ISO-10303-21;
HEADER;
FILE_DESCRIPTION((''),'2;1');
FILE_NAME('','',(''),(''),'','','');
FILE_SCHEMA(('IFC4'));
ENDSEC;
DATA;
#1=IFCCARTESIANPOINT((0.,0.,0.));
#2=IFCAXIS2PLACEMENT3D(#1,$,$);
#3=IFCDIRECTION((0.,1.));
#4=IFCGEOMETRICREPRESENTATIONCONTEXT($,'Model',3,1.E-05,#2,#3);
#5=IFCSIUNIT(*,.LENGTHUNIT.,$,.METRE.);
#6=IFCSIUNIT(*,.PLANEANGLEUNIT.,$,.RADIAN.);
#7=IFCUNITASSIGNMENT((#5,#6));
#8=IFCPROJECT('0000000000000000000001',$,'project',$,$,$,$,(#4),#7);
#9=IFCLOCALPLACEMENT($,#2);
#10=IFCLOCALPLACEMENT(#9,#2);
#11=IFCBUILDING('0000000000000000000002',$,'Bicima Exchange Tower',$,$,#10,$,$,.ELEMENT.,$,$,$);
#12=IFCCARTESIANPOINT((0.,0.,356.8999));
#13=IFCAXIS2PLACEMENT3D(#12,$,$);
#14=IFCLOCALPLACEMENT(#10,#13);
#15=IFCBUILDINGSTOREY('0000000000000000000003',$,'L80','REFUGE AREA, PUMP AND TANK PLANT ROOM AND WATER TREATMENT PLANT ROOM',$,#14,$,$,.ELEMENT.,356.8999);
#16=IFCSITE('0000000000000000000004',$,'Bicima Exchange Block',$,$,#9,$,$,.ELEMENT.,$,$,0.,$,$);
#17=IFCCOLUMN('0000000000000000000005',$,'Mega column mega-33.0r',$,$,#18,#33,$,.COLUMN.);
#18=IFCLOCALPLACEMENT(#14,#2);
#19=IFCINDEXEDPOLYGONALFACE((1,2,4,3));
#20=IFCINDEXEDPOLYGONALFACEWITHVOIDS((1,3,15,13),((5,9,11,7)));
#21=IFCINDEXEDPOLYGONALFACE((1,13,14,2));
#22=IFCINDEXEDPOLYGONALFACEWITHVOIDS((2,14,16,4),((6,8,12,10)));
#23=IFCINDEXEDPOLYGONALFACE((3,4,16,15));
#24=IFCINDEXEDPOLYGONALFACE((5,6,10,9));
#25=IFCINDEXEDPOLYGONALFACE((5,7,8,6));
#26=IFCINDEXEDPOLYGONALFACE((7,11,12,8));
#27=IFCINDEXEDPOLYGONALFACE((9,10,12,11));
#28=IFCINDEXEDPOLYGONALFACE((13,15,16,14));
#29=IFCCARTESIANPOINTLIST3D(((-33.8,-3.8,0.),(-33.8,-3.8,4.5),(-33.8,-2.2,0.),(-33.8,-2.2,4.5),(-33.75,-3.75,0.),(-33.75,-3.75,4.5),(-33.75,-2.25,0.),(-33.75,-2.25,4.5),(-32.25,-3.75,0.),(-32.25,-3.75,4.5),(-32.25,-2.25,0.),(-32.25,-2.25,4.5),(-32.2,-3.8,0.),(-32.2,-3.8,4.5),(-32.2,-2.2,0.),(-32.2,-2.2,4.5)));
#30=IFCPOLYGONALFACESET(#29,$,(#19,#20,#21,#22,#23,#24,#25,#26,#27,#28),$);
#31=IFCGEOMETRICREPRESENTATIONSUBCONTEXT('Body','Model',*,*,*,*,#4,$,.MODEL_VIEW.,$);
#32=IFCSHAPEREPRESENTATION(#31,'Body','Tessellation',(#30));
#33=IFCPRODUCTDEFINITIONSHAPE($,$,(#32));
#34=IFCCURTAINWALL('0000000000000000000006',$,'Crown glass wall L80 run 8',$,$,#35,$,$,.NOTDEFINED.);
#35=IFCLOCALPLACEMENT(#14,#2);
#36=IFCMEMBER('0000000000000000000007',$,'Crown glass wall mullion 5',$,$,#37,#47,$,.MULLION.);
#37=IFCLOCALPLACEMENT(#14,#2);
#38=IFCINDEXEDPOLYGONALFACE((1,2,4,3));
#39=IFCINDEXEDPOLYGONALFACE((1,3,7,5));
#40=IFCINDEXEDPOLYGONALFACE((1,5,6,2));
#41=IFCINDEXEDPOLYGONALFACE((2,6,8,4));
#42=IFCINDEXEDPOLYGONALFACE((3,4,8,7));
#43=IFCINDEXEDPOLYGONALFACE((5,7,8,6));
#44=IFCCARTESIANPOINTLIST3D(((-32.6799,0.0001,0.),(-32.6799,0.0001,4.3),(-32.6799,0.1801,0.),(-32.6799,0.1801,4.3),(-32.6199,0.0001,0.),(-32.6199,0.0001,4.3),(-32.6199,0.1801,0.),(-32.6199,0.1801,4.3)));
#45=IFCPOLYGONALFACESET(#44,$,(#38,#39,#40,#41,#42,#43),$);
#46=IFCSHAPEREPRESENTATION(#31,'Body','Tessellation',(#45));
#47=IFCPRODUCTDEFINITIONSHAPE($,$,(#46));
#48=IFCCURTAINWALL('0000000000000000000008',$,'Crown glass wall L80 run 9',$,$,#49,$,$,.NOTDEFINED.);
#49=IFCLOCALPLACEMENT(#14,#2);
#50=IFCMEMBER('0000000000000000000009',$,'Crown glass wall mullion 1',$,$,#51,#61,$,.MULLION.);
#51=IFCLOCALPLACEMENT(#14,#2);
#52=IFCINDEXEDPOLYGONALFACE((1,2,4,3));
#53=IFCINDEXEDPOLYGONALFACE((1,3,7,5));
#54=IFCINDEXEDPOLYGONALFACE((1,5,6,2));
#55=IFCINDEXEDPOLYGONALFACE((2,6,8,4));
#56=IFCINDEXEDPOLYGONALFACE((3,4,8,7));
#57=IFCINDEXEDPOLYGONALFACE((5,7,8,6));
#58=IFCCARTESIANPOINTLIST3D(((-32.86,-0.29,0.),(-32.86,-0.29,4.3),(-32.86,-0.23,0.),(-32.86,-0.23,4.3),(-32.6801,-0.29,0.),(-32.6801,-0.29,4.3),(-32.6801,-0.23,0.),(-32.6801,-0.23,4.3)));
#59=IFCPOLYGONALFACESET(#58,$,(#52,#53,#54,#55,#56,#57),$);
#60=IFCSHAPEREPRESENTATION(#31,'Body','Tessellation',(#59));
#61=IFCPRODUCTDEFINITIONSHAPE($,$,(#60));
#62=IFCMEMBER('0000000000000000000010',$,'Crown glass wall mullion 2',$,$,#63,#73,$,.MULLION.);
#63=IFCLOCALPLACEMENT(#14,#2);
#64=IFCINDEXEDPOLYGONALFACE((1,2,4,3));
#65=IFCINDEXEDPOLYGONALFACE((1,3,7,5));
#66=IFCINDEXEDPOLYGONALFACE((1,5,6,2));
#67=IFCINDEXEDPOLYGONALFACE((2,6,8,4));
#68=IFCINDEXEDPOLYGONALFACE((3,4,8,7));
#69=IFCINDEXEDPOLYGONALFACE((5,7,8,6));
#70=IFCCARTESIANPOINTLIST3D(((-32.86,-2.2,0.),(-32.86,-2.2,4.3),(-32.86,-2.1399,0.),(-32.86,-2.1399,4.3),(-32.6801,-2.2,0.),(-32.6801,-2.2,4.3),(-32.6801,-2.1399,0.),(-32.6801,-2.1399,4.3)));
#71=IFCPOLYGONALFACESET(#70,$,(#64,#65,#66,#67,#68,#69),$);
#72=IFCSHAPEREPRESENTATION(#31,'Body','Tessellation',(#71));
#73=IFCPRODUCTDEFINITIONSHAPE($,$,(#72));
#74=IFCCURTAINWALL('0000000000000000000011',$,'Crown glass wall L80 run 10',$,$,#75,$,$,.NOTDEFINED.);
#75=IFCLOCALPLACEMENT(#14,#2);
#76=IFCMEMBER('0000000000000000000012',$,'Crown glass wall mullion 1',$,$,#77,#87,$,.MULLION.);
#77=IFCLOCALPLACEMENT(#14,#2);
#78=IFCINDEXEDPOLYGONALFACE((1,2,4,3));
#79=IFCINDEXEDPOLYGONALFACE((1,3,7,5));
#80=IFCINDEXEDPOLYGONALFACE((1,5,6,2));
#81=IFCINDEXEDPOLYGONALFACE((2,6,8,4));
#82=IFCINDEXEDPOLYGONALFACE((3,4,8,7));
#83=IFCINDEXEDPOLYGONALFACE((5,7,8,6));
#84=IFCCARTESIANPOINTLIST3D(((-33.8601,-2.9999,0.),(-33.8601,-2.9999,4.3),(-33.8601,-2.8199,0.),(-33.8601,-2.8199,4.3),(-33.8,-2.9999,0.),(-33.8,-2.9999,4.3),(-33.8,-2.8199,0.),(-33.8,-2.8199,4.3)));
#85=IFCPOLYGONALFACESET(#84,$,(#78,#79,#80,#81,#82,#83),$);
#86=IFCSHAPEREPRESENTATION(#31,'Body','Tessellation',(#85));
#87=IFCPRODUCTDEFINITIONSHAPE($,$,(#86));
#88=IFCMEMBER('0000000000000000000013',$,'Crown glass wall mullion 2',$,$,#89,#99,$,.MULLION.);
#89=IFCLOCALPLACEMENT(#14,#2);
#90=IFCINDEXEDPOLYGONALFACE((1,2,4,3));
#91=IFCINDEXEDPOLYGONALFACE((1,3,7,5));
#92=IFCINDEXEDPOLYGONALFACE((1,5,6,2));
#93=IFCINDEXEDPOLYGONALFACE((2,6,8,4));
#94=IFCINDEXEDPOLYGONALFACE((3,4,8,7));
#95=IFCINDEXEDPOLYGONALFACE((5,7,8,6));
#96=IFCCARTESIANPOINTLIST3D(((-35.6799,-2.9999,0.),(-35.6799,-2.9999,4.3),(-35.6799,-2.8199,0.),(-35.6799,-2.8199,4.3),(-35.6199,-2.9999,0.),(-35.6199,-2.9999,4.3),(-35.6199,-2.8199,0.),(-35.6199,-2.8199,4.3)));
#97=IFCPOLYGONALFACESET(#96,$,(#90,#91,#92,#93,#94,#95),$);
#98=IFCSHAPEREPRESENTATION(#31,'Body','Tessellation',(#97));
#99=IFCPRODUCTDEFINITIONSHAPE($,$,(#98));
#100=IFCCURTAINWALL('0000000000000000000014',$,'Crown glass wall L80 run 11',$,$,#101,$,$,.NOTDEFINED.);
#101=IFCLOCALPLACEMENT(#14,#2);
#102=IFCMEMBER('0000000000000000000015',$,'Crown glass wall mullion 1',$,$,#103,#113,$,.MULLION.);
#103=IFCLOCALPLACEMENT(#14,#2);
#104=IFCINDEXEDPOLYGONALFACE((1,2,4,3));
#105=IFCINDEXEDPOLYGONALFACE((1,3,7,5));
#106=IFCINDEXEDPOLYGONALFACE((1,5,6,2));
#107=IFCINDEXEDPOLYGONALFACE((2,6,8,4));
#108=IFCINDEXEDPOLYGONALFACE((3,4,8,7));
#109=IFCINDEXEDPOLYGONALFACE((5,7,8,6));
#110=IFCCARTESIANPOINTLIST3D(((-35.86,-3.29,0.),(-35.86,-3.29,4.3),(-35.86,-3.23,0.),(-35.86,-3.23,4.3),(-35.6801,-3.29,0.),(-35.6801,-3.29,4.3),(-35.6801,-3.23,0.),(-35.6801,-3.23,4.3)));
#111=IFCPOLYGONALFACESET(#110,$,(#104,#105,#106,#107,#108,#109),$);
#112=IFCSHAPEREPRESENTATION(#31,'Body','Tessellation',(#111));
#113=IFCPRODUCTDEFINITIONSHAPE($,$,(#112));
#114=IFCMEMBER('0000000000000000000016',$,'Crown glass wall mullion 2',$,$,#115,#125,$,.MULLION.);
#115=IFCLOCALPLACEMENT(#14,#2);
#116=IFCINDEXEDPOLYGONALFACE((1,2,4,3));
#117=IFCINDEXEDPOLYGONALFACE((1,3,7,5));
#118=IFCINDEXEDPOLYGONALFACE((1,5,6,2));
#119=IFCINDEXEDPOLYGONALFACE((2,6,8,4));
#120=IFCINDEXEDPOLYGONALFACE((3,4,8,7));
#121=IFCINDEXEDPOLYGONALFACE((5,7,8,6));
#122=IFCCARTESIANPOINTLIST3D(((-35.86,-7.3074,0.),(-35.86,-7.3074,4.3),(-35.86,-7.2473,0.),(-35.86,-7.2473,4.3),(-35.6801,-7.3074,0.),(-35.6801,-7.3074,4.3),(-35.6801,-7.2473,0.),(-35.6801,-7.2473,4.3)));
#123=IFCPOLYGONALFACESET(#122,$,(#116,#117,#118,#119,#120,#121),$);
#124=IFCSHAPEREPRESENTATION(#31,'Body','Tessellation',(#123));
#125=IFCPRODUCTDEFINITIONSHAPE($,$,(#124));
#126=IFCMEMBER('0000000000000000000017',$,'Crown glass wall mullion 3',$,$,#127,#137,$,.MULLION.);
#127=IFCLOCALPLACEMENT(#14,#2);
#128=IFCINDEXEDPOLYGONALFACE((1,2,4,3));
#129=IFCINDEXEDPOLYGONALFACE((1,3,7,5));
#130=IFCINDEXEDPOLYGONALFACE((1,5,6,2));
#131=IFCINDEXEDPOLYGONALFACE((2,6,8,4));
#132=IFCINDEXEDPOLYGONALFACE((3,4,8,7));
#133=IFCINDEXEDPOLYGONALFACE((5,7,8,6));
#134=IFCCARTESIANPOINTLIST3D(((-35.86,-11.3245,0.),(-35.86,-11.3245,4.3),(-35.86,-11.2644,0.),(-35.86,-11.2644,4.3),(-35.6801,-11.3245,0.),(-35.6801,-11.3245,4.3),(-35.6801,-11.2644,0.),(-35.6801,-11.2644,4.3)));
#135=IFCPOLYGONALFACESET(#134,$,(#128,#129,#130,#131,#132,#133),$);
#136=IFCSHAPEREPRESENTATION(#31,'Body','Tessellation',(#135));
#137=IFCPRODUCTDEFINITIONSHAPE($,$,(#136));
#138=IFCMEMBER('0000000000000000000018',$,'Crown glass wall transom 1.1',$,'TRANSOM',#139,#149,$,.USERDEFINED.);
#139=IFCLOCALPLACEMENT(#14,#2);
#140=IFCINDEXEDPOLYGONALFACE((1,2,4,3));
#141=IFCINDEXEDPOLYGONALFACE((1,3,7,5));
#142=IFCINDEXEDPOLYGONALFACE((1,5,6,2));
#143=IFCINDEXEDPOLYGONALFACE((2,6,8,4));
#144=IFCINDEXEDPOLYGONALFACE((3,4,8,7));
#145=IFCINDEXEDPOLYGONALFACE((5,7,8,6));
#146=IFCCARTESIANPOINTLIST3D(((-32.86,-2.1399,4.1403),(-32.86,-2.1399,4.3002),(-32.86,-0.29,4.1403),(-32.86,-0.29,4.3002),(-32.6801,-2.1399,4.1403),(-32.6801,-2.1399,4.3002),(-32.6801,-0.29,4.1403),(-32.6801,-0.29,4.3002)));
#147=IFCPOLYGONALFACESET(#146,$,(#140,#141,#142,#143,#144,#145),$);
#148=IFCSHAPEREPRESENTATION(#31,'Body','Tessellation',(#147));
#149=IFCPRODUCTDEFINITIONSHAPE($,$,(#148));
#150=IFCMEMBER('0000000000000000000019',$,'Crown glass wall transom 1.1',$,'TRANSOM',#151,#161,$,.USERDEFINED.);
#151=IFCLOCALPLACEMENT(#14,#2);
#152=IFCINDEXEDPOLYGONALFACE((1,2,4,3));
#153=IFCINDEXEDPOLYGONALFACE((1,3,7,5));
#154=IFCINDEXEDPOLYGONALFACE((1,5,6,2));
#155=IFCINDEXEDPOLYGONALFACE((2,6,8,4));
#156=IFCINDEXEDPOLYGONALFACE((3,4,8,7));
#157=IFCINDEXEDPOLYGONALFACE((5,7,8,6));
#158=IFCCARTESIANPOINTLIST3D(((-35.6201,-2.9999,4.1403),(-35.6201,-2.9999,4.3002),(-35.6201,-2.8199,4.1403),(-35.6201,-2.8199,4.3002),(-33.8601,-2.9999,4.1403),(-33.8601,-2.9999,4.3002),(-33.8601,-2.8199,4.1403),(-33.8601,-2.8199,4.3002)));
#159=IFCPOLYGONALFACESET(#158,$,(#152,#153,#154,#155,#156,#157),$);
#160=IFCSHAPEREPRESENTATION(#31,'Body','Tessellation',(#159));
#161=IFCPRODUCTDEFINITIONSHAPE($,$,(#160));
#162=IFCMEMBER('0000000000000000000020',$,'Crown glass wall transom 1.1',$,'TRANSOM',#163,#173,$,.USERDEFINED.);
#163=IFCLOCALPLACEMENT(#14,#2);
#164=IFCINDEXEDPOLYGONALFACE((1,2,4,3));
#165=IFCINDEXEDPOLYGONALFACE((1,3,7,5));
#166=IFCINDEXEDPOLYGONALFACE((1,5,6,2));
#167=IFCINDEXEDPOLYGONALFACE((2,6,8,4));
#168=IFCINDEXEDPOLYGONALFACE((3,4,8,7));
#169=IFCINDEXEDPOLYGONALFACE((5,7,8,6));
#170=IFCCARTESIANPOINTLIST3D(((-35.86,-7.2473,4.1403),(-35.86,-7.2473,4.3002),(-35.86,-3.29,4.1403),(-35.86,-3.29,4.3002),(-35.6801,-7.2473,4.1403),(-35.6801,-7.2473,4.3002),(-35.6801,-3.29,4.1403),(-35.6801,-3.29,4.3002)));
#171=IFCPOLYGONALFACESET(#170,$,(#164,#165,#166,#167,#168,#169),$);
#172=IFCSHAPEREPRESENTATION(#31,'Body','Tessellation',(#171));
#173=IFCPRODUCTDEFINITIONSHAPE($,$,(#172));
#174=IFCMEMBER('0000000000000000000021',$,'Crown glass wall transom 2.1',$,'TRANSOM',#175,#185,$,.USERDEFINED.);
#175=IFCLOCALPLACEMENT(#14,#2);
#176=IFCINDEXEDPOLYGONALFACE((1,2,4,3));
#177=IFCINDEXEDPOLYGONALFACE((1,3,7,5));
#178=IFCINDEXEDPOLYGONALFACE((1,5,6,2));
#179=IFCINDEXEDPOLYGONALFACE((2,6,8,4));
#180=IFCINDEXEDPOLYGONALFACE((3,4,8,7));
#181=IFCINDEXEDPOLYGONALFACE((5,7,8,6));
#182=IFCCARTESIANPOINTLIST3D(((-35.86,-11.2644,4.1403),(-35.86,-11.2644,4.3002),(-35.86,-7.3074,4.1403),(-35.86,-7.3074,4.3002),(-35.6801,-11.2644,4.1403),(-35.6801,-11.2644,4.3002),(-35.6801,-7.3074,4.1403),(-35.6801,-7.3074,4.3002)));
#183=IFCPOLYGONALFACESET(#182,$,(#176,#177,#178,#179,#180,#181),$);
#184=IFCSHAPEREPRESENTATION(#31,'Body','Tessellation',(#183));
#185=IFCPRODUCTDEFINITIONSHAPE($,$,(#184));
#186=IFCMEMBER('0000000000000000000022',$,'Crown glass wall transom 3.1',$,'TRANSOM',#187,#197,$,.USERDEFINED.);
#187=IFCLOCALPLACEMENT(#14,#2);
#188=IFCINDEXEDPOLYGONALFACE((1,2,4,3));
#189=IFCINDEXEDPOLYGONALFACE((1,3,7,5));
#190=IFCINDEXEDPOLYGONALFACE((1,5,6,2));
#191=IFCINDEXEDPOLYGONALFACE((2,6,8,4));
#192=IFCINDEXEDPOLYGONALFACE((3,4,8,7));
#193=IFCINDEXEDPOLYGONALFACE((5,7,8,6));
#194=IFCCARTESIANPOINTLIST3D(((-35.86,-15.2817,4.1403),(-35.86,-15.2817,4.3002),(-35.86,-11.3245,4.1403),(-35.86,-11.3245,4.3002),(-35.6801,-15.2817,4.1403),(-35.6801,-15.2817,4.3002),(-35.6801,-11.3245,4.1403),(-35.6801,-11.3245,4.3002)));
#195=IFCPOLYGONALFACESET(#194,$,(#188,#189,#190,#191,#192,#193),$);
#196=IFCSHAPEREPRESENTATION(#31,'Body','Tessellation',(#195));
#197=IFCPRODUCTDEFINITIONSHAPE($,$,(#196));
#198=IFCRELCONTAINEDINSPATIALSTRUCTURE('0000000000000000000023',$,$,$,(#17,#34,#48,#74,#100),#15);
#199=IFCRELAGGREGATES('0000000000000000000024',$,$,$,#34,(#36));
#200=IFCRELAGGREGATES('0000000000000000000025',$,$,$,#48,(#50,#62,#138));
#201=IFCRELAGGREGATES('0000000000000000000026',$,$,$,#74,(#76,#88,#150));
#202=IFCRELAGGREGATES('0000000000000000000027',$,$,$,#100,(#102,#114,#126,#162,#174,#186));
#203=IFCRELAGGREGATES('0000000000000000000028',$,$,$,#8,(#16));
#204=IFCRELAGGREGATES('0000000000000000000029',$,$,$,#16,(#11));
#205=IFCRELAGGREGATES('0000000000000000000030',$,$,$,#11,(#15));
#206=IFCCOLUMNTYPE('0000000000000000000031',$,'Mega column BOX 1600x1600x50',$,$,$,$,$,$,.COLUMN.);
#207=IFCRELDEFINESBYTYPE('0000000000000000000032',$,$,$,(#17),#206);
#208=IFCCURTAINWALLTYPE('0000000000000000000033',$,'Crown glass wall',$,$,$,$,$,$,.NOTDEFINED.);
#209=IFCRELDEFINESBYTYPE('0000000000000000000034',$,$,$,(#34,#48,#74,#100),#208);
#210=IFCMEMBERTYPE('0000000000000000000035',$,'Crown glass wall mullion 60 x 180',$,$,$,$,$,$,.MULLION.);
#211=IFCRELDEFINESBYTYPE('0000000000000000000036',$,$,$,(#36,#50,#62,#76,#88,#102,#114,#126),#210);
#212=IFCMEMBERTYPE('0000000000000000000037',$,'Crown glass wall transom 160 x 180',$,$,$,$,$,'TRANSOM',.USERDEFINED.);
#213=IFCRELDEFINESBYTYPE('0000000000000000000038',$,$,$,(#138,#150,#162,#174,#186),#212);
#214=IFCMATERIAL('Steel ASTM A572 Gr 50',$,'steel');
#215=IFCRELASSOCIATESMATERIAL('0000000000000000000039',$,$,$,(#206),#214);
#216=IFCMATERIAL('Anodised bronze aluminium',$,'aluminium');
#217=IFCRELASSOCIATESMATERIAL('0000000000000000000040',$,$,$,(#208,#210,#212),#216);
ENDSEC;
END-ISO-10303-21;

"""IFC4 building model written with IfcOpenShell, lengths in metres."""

from ifc_helpers import new_model, si_unit, direction, frame, origin, origin_2d, place, context, subcontext, project, spatial, rectangle, hollow_rectangle, extrude, material, material_profile, profile_set, type_object, element, aggregate, save


model = new_model("IFC4")

# Units and contexts
model_context = context("Model", 3, precision=1e-05, world=origin(), true_north=direction((0.0, 1.0)))
body_context = subcontext(model_context, "Body", "Model", "MODEL_VIEW")
ifc_project = project(units=[si_unit("LENGTHUNIT", "METRE"), si_unit("PLANEANGLEUNIT", "RADIAN")], contexts=[model_context])

# Site, building, storey
site_placement = place(None, origin())
site = spatial("IfcSite", under=ifc_project, at=site_placement, Name="Bicima Exchange Block", CompositionType="ELEMENT", RefElevation=0.0)
building_placement = place(site_placement, origin())
building = spatial("IfcBuilding", under=site, at=building_placement, Name="Bicima Exchange Tower", CompositionType="ELEMENT")
storey_placement = place(building_placement, frame((0.0, 0.0, 356.8999)))
storey = spatial("IfcBuildingStorey", under=building, at=storey_placement, Name="L80", Description="REFUGE AREA, PUMP AND TANK PLANT ROOM AND WATER TREATMENT PLANT ROOM", CompositionType="ELEMENT", Elevation=356.8999)

# Column
ifc_material_1 = material(Name="Steel ASTM A572 Gr 50", Category="steel")
ifc_material_profile_1 = material_profile(ifc_material_1, hollow_rectangle(XDim=1.6001, YDim=1.6001, WallThickness=0.05, at=origin_2d()))
ifc_profile_set_1 = profile_set([ifc_material_profile_1], Name="Steel ASTM A572 Gr 50")
column_type = type_object("IfcColumnType", Name="Mega column BOX 1600x1600x50", PredefinedType="COLUMN", material=ifc_profile_set_1)
column_placement = place(storey_placement, frame((-33.0, -3.0, 0.0), z_axis=(0.0, 0.0, 1.0), x_axis=(1.0, 0.0, 0.0)))
element("IfcColumn", 1, at=column_placement, inside=storey, type_object=column_type, Name="Mega column mega-33.0r", PredefinedType="COLUMN", context=body_context, shape_type="SweptSolid", body=[
    extrude(hollow_rectangle(XDim=1.6001, YDim=1.6001, WallThickness=0.05, at=origin_2d()), origin(), (0.0, 0.0, 1.0), 4.5),
])

# Curtain wall, member
ifc_material_2 = material(Name="Anodised bronze aluminium", Category="aluminium")
curtain_wall_type = type_object("IfcCurtainWallType", Name="Crown glass wall", PredefinedType="NOTDEFINED", material=ifc_material_2)
curtain_wall_1_placement = place(storey_placement, origin())
curtain_wall_1 = element("IfcCurtainWall", 2, at=curtain_wall_1_placement, inside=storey, type_object=curtain_wall_type, Name="Crown glass wall L80 run 8", PredefinedType="NOTDEFINED")
ifc_material_profile_2 = material_profile(ifc_material_2, rectangle(XDim=0.1799, YDim=0.0601, at=origin_2d()))
ifc_profile_set_2 = profile_set([ifc_material_profile_2], Name="Anodised bronze aluminium")
member_type_1 = type_object("IfcMemberType", Name="Crown glass wall mullion 60 x 180", PredefinedType="MULLION", material=ifc_profile_set_2)
member_1_placement = place(storey_placement, frame((-32.6499, 0.0901, 0.0), z_axis=(0.0, 0.0, 1.0), x_axis=(0.0, -1.0, 0.0)))
member_1 = element("IfcMember", 3, at=member_1_placement, type_object=member_type_1, Name="Crown glass wall mullion 5", PredefinedType="MULLION", context=body_context, shape_type="SweptSolid", body=[
    extrude(rectangle(XDim=0.1799, YDim=0.0601, at=origin_2d()), origin(), (0.0, 0.0, 1.0), 4.3),
])

# Curtain walls, members
curtain_wall_2_placement = place(storey_placement, origin())
curtain_wall_2 = element("IfcCurtainWall", 4, at=curtain_wall_2_placement, inside=storey, type_object=curtain_wall_type, Name="Crown glass wall L80 run 9", PredefinedType="NOTDEFINED")
member_2_placement = place(storey_placement, frame((-32.77, -0.26, 0.0), z_axis=(0.0, 0.0, 1.0), x_axis=(1.0, 0.0, 0.0)))
member_2 = element("IfcMember", 5, at=member_2_placement, type_object=member_type_1, Name="Crown glass wall mullion 1", PredefinedType="MULLION", context=body_context, shape_type="SweptSolid", body=[
    extrude(rectangle(XDim=0.1799, YDim=0.0601, at=origin_2d()), origin(), (0.0, 0.0, 1.0), 4.3),
])
member_3_placement = place(storey_placement, frame((-32.77, -2.1699, 0.0), z_axis=(0.0, 0.0, 1.0), x_axis=(1.0, 0.0, 0.0)))
member_3 = element("IfcMember", 6, at=member_3_placement, type_object=member_type_1, Name="Crown glass wall mullion 2", PredefinedType="MULLION", context=body_context, shape_type="SweptSolid", body=[
    extrude(rectangle(XDim=0.1799, YDim=0.0601, at=origin_2d()), origin(), (0.0, 0.0, 1.0), 4.3),
])
curtain_wall_3_placement = place(storey_placement, origin())
curtain_wall_3 = element("IfcCurtainWall", 7, at=curtain_wall_3_placement, inside=storey, type_object=curtain_wall_type, Name="Crown glass wall L80 run 10", PredefinedType="NOTDEFINED")
member_4_placement = place(storey_placement, frame((-33.8301, -2.9099, 0.0), z_axis=(0.0, 0.0, 1.0), x_axis=(0.0, -1.0, 0.0)))
member_4 = element("IfcMember", 8, at=member_4_placement, type_object=member_type_1, Name="Crown glass wall mullion 1", PredefinedType="MULLION", context=body_context, shape_type="SweptSolid", body=[
    extrude(rectangle(XDim=0.1799, YDim=0.0601, at=origin_2d()), origin(), (0.0, 0.0, 1.0), 4.3),
])
member_5_placement = place(storey_placement, frame((-35.6499, -2.9099, 0.0), z_axis=(0.0, 0.0, 1.0), x_axis=(0.0, -1.0, 0.0)))
member_5 = element("IfcMember", 9, at=member_5_placement, type_object=member_type_1, Name="Crown glass wall mullion 2", PredefinedType="MULLION", context=body_context, shape_type="SweptSolid", body=[
    extrude(rectangle(XDim=0.1799, YDim=0.0601, at=origin_2d()), origin(), (0.0, 0.0, 1.0), 4.3),
])
curtain_wall_4_placement = place(storey_placement, origin())
curtain_wall_4 = element("IfcCurtainWall", 10, at=curtain_wall_4_placement, inside=storey, type_object=curtain_wall_type, Name="Crown glass wall L80 run 11", PredefinedType="NOTDEFINED")
member_6_placement = place(storey_placement, frame((-35.77, -3.26, 0.0), z_axis=(0.0, 0.0, 1.0), x_axis=(1.0, 0.0, 0.0)))
member_6 = element("IfcMember", 11, at=member_6_placement, type_object=member_type_1, Name="Crown glass wall mullion 1", PredefinedType="MULLION", context=body_context, shape_type="SweptSolid", body=[
    extrude(rectangle(XDim=0.1799, YDim=0.0601, at=origin_2d()), origin(), (0.0, 0.0, 1.0), 4.3),
])
member_7_placement = place(storey_placement, frame((-35.77, -7.2773, 0.0), z_axis=(0.0, 0.0, 1.0), x_axis=(1.0, 0.0, 0.0)))
member_7 = element("IfcMember", 12, at=member_7_placement, type_object=member_type_1, Name="Crown glass wall mullion 2", PredefinedType="MULLION", context=body_context, shape_type="SweptSolid", body=[
    extrude(rectangle(XDim=0.1799, YDim=0.0601, at=origin_2d()), origin(), (0.0, 0.0, 1.0), 4.3),
])
member_8_placement = place(storey_placement, frame((-35.77, -11.2944, 0.0), z_axis=(0.0, 0.0, 1.0), x_axis=(1.0, 0.0, 0.0)))
member_8 = element("IfcMember", 13, at=member_8_placement, type_object=member_type_1, Name="Crown glass wall mullion 3", PredefinedType="MULLION", context=body_context, shape_type="SweptSolid", body=[
    extrude(rectangle(XDim=0.1799, YDim=0.0601, at=origin_2d()), origin(), (0.0, 0.0, 1.0), 4.3),
])

# Members
ifc_material_profile_3 = material_profile(ifc_material_2, rectangle(XDim=0.1799, YDim=0.1599, at=origin_2d()))
ifc_profile_set_3 = profile_set([ifc_material_profile_3], Name="Anodised bronze aluminium")
member_type_2 = type_object("IfcMemberType", Name="Crown glass wall transom 160 x 180", ElementType="TRANSOM", PredefinedType="USERDEFINED", material=ifc_profile_set_3)
member_9_placement = place(storey_placement, frame((-32.77, -0.29, 4.2202), z_axis=(0.0, -1.0, 0.0), x_axis=(1.0, 0.0, 0.0)))
member_9 = element("IfcMember", 14, at=member_9_placement, type_object=member_type_2, Name="Crown glass wall transom 1.1", ObjectType="TRANSOM", PredefinedType="USERDEFINED", context=body_context, shape_type="SweptSolid", body=[
    extrude(rectangle(XDim=0.1799, YDim=0.1599, at=origin_2d()), origin(), (0.0, 0.0, 1.0), 1.8499),
])
member_10_placement = place(storey_placement, frame((-33.8601, -2.9099, 4.2202), z_axis=(-1.0, 0.0, 0.0), x_axis=(0.0, -1.0, 0.0)))
member_10 = element("IfcMember", 15, at=member_10_placement, type_object=member_type_2, Name="Crown glass wall transom 1.1", ObjectType="TRANSOM", PredefinedType="USERDEFINED", context=body_context, shape_type="SweptSolid", body=[
    extrude(rectangle(XDim=0.1799, YDim=0.1599, at=origin_2d()), origin(), (0.0, 0.0, 1.0), 1.76),
])
member_11_placement = place(storey_placement, frame((-35.77, -3.29, 4.2202), z_axis=(0.0, -1.0, 0.0), x_axis=(1.0, 0.0, 0.0)))
member_11 = element("IfcMember", 16, at=member_11_placement, type_object=member_type_2, Name="Crown glass wall transom 1.1", ObjectType="TRANSOM", PredefinedType="USERDEFINED", context=body_context, shape_type="SweptSolid", body=[
    extrude(rectangle(XDim=0.1799, YDim=0.1599, at=origin_2d()), origin(), (0.0, 0.0, 1.0), 3.9573),
])
member_12_placement = place(storey_placement, frame((-35.77, -7.3074, 4.2202), z_axis=(0.0, -1.0, 0.0), x_axis=(1.0, 0.0, 0.0)))
member_12 = element("IfcMember", 17, at=member_12_placement, type_object=member_type_2, Name="Crown glass wall transom 2.1", ObjectType="TRANSOM", PredefinedType="USERDEFINED", context=body_context, shape_type="SweptSolid", body=[
    extrude(rectangle(XDim=0.1799, YDim=0.1599, at=origin_2d()), origin(), (0.0, 0.0, 1.0), 3.957),
])
member_13_placement = place(storey_placement, frame((-35.77, -11.3245, 4.2202), z_axis=(0.0, -1.0, 0.0), x_axis=(1.0, 0.0, 0.0)))
member_13 = element("IfcMember", 18, at=member_13_placement, type_object=member_type_2, Name="Crown glass wall transom 3.1", ObjectType="TRANSOM", PredefinedType="USERDEFINED", context=body_context, shape_type="SweptSolid", body=[
    extrude(rectangle(XDim=0.1799, YDim=0.1599, at=origin_2d()), origin(), (0.0, 0.0, 1.0), 3.9573),
])

aggregate(curtain_wall_1, [member_1])
aggregate(curtain_wall_2, [member_2, member_3, member_9])
aggregate(curtain_wall_3, [member_4, member_5, member_10])
aggregate(curtain_wall_4, [member_6, member_7, member_8, member_11, member_12, member_13])

save(model, "model.ifc")
